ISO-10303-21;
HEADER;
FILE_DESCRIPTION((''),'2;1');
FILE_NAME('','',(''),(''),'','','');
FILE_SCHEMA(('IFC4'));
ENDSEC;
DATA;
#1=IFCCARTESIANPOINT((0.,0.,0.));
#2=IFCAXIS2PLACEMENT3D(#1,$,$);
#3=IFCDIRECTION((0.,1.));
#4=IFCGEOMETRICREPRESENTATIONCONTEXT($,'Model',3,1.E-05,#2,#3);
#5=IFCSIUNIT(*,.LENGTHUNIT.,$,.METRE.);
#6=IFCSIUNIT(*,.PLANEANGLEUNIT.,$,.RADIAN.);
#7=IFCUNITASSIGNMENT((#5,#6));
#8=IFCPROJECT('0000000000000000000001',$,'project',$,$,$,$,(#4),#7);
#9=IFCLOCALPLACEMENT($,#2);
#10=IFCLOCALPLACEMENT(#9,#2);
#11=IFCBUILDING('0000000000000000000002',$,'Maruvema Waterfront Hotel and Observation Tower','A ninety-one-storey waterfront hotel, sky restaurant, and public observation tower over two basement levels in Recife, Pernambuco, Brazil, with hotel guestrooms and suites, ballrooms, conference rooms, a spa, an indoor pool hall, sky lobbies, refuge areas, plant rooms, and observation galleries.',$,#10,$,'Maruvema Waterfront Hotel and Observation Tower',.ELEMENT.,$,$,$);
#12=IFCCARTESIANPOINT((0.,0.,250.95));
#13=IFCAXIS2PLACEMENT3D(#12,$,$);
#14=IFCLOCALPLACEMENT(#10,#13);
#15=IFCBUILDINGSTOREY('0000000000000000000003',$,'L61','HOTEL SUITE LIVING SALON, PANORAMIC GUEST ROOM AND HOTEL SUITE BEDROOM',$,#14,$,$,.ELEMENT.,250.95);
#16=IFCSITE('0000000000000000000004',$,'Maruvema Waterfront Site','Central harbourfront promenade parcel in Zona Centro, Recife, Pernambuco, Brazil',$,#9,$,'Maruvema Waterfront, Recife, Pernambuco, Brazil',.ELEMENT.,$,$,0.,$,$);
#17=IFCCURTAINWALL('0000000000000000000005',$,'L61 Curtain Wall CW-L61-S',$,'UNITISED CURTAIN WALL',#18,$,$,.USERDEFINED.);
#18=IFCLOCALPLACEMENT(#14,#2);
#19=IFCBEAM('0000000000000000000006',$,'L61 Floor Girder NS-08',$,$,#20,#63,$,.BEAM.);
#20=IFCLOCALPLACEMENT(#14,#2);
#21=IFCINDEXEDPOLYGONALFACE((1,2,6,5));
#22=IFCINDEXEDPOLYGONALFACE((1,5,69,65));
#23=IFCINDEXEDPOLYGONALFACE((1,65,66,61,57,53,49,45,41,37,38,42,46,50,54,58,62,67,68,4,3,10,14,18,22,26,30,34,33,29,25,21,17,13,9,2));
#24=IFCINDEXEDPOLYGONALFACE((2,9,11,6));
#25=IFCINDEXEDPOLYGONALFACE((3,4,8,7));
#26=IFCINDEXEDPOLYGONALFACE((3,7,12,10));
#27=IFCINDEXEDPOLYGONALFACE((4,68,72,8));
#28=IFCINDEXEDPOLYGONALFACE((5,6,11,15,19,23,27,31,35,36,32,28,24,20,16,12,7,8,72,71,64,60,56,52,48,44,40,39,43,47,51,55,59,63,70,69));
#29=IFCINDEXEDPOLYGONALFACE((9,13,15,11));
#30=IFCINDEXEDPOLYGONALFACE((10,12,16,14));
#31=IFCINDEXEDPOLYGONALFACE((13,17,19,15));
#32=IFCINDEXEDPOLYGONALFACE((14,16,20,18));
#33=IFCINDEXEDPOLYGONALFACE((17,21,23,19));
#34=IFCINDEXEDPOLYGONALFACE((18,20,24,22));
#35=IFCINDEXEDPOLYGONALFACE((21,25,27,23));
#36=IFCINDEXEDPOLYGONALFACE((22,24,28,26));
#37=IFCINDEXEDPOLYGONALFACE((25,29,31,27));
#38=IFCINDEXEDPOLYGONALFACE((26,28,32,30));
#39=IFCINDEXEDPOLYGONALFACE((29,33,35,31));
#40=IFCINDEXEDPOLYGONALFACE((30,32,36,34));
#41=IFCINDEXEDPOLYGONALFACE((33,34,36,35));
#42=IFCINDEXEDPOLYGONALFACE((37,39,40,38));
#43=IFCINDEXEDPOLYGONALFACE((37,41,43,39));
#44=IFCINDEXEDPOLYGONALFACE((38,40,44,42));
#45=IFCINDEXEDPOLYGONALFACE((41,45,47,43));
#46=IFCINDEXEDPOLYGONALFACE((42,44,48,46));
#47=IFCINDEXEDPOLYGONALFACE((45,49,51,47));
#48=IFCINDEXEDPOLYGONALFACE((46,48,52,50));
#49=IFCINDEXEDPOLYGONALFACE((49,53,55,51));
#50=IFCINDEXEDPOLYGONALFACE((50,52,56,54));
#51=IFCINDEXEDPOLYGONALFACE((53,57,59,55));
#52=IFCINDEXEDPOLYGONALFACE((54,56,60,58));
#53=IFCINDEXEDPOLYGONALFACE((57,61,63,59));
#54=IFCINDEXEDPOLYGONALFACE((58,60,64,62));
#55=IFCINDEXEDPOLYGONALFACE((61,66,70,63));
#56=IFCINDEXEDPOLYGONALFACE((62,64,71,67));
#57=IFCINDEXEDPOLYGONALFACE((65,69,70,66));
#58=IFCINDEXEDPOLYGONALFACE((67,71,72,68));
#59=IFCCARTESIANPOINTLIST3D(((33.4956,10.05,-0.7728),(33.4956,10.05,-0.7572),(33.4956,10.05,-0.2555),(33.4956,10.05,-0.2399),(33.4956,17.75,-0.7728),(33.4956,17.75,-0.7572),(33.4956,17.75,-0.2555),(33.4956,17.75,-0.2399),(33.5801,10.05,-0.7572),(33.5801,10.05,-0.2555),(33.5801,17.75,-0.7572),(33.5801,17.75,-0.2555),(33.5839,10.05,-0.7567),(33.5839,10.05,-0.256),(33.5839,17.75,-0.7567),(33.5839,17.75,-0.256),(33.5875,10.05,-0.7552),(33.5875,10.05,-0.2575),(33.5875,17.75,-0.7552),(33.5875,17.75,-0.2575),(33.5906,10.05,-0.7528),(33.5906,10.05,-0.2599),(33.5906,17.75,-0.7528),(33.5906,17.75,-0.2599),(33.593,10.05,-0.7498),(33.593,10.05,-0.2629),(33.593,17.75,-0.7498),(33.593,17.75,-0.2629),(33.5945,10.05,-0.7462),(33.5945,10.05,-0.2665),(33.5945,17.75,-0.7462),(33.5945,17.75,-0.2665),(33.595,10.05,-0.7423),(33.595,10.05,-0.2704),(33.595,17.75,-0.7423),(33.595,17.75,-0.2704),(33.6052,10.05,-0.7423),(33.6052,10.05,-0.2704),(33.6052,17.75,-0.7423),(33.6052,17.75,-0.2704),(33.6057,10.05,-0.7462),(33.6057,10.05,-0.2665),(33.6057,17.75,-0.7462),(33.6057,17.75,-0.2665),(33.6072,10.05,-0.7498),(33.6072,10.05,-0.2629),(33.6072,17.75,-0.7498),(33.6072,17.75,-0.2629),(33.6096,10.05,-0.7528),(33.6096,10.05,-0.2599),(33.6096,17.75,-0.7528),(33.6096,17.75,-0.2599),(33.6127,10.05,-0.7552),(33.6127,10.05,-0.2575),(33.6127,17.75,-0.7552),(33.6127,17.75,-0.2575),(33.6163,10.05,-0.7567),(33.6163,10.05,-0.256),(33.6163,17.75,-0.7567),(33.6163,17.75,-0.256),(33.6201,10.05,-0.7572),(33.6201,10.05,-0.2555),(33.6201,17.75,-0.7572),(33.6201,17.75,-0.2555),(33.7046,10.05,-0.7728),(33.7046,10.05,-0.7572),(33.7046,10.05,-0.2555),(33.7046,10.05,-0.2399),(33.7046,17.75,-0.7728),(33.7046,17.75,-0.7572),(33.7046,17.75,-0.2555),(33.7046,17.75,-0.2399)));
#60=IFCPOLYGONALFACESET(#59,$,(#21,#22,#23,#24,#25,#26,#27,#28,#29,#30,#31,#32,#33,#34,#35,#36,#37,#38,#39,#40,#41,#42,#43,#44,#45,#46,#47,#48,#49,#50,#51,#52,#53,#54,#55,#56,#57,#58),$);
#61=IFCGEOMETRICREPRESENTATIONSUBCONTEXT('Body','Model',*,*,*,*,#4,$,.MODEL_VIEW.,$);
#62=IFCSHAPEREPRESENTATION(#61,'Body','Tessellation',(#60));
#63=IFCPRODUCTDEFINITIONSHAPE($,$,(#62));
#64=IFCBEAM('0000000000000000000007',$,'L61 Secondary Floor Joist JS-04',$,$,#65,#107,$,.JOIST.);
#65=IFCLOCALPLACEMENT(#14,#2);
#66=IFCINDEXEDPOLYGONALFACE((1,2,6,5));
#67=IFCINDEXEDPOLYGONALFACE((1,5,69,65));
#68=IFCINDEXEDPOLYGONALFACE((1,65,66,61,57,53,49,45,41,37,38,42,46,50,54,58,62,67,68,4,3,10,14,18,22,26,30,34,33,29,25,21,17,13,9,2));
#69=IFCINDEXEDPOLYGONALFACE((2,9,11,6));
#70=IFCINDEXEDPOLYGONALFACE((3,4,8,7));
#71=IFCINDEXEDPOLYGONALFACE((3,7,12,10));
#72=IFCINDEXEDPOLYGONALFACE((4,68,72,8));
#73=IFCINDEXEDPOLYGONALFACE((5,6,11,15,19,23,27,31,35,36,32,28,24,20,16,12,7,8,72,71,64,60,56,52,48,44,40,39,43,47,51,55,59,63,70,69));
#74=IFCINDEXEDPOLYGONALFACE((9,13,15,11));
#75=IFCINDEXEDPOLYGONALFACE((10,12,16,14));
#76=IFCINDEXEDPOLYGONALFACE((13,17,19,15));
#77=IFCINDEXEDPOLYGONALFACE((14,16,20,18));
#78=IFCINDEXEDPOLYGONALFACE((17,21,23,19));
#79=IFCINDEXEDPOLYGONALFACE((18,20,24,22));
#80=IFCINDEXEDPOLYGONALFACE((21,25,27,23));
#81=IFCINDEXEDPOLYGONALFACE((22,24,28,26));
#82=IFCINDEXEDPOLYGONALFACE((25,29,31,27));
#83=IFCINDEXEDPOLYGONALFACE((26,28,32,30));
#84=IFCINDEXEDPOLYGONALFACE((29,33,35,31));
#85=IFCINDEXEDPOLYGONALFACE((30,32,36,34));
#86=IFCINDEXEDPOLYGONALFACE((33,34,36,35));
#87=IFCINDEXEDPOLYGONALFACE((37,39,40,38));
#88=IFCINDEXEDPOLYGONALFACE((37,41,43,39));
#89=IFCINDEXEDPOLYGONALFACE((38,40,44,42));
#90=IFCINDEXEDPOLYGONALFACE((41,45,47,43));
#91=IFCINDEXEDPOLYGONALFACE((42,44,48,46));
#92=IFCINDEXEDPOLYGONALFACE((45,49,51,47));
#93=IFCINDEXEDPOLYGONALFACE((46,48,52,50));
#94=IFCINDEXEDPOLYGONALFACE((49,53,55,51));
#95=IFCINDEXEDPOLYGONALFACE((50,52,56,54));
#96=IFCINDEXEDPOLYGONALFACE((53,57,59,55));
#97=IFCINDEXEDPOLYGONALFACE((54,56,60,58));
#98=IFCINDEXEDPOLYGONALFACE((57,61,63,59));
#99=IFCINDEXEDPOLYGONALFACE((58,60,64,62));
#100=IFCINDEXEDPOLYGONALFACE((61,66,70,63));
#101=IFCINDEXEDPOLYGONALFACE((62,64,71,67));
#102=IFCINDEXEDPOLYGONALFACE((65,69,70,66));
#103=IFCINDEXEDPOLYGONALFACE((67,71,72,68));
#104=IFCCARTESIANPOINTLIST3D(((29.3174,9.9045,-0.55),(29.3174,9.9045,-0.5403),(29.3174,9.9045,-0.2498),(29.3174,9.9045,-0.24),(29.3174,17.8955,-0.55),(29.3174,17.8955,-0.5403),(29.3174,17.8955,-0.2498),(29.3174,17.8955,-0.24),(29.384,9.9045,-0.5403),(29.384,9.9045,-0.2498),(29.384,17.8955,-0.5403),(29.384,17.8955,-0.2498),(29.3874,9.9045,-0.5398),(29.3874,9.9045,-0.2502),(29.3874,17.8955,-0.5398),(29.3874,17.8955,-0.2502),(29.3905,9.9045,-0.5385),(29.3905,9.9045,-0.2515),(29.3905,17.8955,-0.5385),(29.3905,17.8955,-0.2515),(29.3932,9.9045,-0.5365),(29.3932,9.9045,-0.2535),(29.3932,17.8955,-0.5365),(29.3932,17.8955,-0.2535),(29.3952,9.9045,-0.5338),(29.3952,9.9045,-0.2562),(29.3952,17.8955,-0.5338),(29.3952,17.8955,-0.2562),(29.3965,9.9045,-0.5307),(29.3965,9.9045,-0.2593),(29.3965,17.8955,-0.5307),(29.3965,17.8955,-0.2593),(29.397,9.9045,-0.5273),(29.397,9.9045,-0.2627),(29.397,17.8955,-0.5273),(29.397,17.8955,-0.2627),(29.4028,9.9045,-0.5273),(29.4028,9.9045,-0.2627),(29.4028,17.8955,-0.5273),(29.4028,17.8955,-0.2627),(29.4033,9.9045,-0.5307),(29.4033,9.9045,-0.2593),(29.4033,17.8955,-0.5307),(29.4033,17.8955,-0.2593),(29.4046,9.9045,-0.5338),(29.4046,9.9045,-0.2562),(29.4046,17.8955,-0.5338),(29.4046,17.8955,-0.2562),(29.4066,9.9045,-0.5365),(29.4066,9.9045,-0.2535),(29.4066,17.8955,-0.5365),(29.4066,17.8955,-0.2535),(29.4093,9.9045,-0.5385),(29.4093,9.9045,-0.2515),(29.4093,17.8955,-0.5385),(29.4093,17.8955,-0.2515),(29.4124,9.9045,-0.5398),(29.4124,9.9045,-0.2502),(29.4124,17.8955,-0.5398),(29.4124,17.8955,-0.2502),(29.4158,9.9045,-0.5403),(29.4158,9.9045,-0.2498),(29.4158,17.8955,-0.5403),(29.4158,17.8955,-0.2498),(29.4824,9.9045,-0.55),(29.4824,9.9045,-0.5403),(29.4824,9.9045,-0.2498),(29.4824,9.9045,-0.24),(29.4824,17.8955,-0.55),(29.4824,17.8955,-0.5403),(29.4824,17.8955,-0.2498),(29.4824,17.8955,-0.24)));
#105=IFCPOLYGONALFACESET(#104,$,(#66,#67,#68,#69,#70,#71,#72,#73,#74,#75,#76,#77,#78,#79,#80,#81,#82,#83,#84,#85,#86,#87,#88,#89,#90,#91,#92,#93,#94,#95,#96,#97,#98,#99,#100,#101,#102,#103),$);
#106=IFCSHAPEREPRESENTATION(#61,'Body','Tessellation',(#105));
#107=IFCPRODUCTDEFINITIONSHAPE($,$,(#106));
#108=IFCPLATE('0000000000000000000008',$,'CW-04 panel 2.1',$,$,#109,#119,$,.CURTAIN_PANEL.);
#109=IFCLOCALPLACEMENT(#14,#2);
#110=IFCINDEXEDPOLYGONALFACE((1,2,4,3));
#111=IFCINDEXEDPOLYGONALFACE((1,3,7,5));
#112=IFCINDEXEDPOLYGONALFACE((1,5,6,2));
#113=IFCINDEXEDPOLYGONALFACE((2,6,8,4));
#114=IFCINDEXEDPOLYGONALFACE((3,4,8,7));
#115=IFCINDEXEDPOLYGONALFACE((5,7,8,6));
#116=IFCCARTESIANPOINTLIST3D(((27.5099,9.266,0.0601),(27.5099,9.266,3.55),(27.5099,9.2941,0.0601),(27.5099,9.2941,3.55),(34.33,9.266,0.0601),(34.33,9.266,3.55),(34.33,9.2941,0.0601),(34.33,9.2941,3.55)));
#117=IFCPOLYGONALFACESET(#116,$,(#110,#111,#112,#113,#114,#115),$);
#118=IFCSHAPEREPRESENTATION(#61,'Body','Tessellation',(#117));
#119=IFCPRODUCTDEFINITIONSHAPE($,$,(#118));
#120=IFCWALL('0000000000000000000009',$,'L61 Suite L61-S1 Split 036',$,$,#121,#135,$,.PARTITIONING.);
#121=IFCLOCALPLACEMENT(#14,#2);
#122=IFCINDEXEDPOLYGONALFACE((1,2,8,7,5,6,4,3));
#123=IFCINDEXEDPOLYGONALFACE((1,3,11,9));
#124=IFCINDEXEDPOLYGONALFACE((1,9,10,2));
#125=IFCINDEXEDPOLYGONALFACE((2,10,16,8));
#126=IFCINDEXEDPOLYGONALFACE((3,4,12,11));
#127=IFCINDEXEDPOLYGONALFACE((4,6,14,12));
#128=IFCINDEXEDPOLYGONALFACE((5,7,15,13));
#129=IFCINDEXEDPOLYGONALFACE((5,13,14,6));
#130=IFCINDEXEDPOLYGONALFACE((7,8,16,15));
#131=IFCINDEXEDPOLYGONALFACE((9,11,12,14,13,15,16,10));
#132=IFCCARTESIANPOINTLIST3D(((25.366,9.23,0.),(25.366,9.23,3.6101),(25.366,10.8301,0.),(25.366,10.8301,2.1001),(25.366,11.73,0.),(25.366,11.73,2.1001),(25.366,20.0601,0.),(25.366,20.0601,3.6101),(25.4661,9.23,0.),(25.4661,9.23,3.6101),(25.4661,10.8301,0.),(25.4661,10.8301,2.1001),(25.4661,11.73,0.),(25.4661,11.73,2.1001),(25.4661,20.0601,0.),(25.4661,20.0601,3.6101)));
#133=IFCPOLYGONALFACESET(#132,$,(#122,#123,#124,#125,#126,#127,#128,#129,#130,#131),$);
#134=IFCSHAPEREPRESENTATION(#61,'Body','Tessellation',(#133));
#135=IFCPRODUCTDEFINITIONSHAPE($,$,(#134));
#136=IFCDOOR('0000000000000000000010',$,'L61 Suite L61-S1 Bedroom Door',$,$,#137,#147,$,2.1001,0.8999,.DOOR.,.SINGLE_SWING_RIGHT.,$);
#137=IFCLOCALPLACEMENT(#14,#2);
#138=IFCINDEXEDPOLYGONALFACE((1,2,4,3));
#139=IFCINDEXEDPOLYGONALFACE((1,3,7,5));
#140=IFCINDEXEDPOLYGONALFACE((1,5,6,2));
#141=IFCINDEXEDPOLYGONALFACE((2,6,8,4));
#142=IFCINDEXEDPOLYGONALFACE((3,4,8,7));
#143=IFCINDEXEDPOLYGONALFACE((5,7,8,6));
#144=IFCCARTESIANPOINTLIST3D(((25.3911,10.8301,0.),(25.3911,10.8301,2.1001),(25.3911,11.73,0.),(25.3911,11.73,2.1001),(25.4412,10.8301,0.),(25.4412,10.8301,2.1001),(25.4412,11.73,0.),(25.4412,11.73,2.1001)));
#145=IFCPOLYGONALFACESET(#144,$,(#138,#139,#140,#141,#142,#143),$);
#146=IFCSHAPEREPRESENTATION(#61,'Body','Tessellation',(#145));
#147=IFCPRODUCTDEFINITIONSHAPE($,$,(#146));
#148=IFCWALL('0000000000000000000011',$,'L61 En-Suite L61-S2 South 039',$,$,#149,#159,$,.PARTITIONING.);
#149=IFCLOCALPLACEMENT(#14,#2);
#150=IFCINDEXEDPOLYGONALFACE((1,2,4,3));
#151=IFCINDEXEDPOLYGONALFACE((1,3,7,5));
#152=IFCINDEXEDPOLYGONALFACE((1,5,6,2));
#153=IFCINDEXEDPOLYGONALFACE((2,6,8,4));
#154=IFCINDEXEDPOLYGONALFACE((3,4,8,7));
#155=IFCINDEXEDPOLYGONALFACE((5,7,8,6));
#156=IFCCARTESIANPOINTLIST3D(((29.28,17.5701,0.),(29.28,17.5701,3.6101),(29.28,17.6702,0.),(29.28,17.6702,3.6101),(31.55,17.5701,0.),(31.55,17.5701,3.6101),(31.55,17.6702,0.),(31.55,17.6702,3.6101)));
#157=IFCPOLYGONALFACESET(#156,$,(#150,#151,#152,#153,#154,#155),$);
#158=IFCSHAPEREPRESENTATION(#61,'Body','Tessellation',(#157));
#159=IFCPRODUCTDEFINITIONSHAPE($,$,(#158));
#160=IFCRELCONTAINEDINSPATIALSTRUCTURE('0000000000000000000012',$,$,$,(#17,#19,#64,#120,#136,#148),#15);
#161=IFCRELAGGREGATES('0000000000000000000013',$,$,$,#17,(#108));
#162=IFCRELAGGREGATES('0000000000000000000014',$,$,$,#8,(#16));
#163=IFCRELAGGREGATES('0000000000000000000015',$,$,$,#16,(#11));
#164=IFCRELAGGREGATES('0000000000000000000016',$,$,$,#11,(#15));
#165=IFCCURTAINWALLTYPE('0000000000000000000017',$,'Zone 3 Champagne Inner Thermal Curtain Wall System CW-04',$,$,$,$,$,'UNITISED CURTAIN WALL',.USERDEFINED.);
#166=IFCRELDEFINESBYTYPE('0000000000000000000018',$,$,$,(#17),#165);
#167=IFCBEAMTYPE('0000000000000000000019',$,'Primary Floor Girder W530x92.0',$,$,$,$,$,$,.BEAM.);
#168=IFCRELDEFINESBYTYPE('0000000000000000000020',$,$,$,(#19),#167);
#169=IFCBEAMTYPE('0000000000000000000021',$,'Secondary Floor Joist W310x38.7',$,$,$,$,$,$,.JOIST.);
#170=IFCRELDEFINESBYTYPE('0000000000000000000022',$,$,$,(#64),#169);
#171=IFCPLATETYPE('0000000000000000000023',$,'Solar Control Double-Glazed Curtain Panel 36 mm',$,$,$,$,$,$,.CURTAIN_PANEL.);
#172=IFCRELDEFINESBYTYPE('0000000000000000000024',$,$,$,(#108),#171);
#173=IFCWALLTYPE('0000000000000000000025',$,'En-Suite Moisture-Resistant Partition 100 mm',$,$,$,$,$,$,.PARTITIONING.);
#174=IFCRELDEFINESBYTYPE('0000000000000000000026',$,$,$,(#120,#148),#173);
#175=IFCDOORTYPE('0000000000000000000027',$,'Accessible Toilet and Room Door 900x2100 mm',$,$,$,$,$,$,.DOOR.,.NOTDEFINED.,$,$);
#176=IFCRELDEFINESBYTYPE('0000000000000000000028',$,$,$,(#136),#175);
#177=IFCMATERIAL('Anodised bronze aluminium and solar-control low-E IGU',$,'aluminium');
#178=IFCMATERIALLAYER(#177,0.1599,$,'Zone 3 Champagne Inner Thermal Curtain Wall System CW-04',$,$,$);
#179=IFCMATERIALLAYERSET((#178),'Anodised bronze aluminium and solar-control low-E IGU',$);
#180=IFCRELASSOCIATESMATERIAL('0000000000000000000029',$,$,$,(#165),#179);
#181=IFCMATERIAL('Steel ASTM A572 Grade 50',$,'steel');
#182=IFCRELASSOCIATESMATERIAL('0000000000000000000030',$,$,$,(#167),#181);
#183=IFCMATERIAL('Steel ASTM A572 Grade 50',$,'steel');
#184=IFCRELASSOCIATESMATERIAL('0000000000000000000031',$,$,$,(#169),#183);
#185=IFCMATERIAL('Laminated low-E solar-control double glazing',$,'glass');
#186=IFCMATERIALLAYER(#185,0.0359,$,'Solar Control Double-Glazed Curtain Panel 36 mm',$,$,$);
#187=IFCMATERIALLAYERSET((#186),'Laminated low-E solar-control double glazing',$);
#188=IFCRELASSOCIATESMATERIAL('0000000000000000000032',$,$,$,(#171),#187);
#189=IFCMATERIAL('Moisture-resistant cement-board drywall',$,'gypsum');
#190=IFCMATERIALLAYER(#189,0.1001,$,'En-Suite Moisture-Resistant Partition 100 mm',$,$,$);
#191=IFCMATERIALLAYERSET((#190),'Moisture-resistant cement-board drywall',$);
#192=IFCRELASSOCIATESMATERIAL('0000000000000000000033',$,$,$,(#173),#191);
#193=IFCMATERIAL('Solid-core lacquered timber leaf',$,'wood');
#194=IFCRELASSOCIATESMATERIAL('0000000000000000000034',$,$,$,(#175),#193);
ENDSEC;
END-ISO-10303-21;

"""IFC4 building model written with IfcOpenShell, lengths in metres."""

from ifc_helpers import new_model, si_unit, direction, frame, frame_2d, origin, origin_2d, place, context, subcontext, project, spatial, rectangle, i_section, extrude, material, layer, layer_set, material_profile, profile_set, type_object, element, fill, aggregate, save


model = new_model("IFC4")

# Units and contexts
model_context = context("Model", 3, precision=1e-05, world=origin(), true_north=direction((0.0, 1.0)))
body_context = subcontext(model_context, "Body", "Model", "MODEL_VIEW")
ifc_project = project(units=[si_unit("LENGTHUNIT", "METRE"), si_unit("PLANEANGLEUNIT", "RADIAN")], contexts=[model_context])

# Site, building, storey
site_placement = place(None, origin())
site = spatial("IfcSite", under=ifc_project, at=site_placement, Name="Maruvema Waterfront Site", Description="Central harbourfront promenade parcel in Zona Centro, Recife, Pernambuco, Brazil", LongName="Maruvema Waterfront, Recife, Pernambuco, Brazil", CompositionType="ELEMENT", RefElevation=0.0)
building_placement = place(site_placement, origin())
building = spatial("IfcBuilding", under=site, at=building_placement, Name="Maruvema Waterfront Hotel and Observation Tower", Description="A ninety-one-storey waterfront hotel, sky restaurant, and public observation tower over two basement levels in Recife, Pernambuco, Brazil, with hotel guestrooms and suites, ballrooms, conference rooms, a spa, an indoor pool hall, sky lobbies, refuge areas, plant rooms, and observation galleries.", LongName="Maruvema Waterfront Hotel and Observation Tower", CompositionType="ELEMENT")
storey_placement = place(building_placement, frame((0.0, 0.0, 250.95)))
storey = spatial("IfcBuildingStorey", under=building, at=storey_placement, Name="L61", Description="HOTEL SUITE LIVING SALON, PANORAMIC GUEST ROOM AND HOTEL SUITE BEDROOM", CompositionType="ELEMENT", Elevation=250.95)

# Curtain wall
ifc_material_1 = material(Name="Anodised bronze aluminium and solar-control low-E IGU", Category="aluminium")
ifc_layer_1 = layer(ifc_material_1, 0.1599, Name="Zone 3 Champagne Inner Thermal Curtain Wall System CW-04")
ifc_layer_set_1 = layer_set([ifc_layer_1], Name="Anodised bronze aluminium and solar-control low-E IGU")
curtain_wall_type = type_object("IfcCurtainWallType", Name="Zone 3 Champagne Inner Thermal Curtain Wall System CW-04", ElementType="UNITISED CURTAIN WALL", PredefinedType="USERDEFINED", material=ifc_layer_set_1)
curtain_wall_placement = place(storey_placement, origin())
curtain_wall = element("IfcCurtainWall", 1, at=curtain_wall_placement, inside=storey, type_object=curtain_wall_type, Name="L61 Curtain Wall CW-L61-S", ObjectType="UNITISED CURTAIN WALL", PredefinedType="USERDEFINED")

# Beams
ifc_material_2 = material(Name="Steel ASTM A572 Grade 50", Category="steel")
ifc_material_profile_1 = material_profile(ifc_material_2, i_section(OverallWidth=0.209, OverallDepth=0.533, WebThickness=0.0103, FlangeThickness=0.0156, FilletRadius=0.0149, at=origin_2d()), Name="W530x92.0")
ifc_profile_set_1 = profile_set([ifc_material_profile_1], Name="Steel ASTM A572 Grade 50")
beam_type_1 = type_object("IfcBeamType", Name="Primary Floor Girder W530x92.0", PredefinedType="BEAM", material=ifc_profile_set_1)
beam_1_placement = place(storey_placement, frame((33.6001, 10.05, -0.5063), z_axis=(0.0, 1.0, 0.0), x_axis=(-1.0, 0.0, 0.0)))
element("IfcBeam", 2, at=beam_1_placement, inside=storey, type_object=beam_type_1, Name="L61 Floor Girder NS-08", PredefinedType="BEAM", context=body_context, shape_type="SweptSolid", body=[
    extrude(i_section(OverallWidth=0.209, OverallDepth=0.533, WebThickness=0.0103, FlangeThickness=0.0156, FilletRadius=0.0149, at=origin_2d()), origin(), (0.0, 0.0, 1.0), 7.7),
])
ifc_material_3 = material(Name="Steel ASTM A572 Grade 50", Category="steel")
ifc_material_profile_2 = material_profile(ifc_material_3, i_section(OverallWidth=0.165, OverallDepth=0.3101, WebThickness=0.0059, FlangeThickness=0.0098, FilletRadius=0.0129, at=origin_2d()), Name="W310x38.7")
ifc_profile_set_2 = profile_set([ifc_material_profile_2], Name="Steel ASTM A572 Grade 50")
beam_type_2 = type_object("IfcBeamType", Name="Secondary Floor Joist W310x38.7", PredefinedType="JOIST", material=ifc_profile_set_2)
beam_2_placement = place(storey_placement, frame((29.3999, 9.9045, -0.395), z_axis=(0.0, 1.0, 0.0), x_axis=(-1.0, 0.0, 0.0)))
element("IfcBeam", 3, at=beam_2_placement, inside=storey, type_object=beam_type_2, Name="L61 Secondary Floor Joist JS-04", PredefinedType="JOIST", context=body_context, shape_type="SweptSolid", body=[
    extrude(i_section(OverallWidth=0.165, OverallDepth=0.3101, WebThickness=0.0059, FlangeThickness=0.0098, FilletRadius=0.0129, at=origin_2d()), origin(), (0.0, 0.0, 1.0), 7.991),
])

# Plate
ifc_material_4 = material(Name="Laminated low-E solar-control double glazing", Category="glass")
ifc_layer_2 = layer(ifc_material_4, 0.0359, Name="Solar Control Double-Glazed Curtain Panel 36 mm")
ifc_layer_set_2 = layer_set([ifc_layer_2], Name="Laminated low-E solar-control double glazing")
plate_type = type_object("IfcPlateType", Name="Solar Control Double-Glazed Curtain Panel 36 mm", PredefinedType="CURTAIN_PANEL", material=ifc_layer_set_2)
plate_placement = place(storey_placement, frame((30.9199, 9.28, 0.0601), z_axis=(0.0, 0.0, 1.0), x_axis=(1.0, 0.0, 0.0)))
plate = element("IfcPlate", 4, at=plate_placement, type_object=plate_type, Name="CW-04 panel 2.1", PredefinedType="CURTAIN_PANEL", context=body_context, shape_type="SweptSolid", body=[
    extrude(rectangle(XDim=6.8201, YDim=0.0281, at=origin_2d()), origin(), (0.0, 0.0, 1.0), 3.49),
])
aggregate(curtain_wall, [plate])

# Wall, opening, door
ifc_material_5 = material(Name="Moisture-resistant cement-board drywall", Category="gypsum")
ifc_layer_3 = layer(ifc_material_5, 0.1001, Name="En-Suite Moisture-Resistant Partition 100 mm")
ifc_layer_set_3 = layer_set([ifc_layer_3], Name="Moisture-resistant cement-board drywall")
wall_type_1 = type_object("IfcWallType", Name="En-Suite Moisture-Resistant Partition 100 mm", PredefinedType="PARTITIONING", material=ifc_layer_set_3)
wall_1_placement = place(storey_placement, frame((25.416, 9.23, 0.0), z_axis=(0.0, 0.0, 1.0), x_axis=(0.0, 1.0, 0.0)))
wall_1 = element("IfcWall", 5, at=wall_1_placement, inside=storey, type_object=wall_type_1, Name="L61 Suite L61-S1 Split 036", PredefinedType="PARTITIONING", context=body_context, shape_type="SweptSolid", body=[
    extrude(rectangle(XDim=10.8301, YDim=0.1001, at=frame_2d((5.415, 0.0))), origin(), (0.0, 0.0, 1.0), 3.6101),
])
opening_1_placement = place(wall_1_placement, frame((1.6001, 0.0, 0.0)))
opening_1 = element("IfcOpeningElement", 6, at=opening_1_placement, cuts=wall_1, PredefinedType="OPENING", context=body_context, shape_type="SweptSolid", body=[
    extrude(rectangle(XDim=0.8999, YDim=2.1001, at=frame_2d((0.45, 1.05))), frame((0.0, 0.0601, 0.0), z_axis=(0.0, -1.0, 0.0), x_axis=(1.0, 0.0, 0.0)), (0.0, 0.0, 1.0), 0.1201),
])
ifc_material_6 = material(Name="Solid-core lacquered timber leaf", Category="wood")
door_type_1 = type_object("IfcDoorType", Name="Accessible Toilet and Room Door 900x2100 mm", OperationType="NOTDEFINED", PredefinedType="DOOR", material=ifc_material_6)
door_1_placement = place(opening_1_placement, origin())
door_1 = element("IfcDoor", 7, at=door_1_placement, inside=storey, type_object=door_type_1, Name="L61 Suite L61-S1 Bedroom Door", OperationType="SINGLE_SWING_RIGHT", OverallHeight=2.1001, OverallWidth=0.8999, PredefinedType="DOOR", context=body_context, shape_type="SweptSolid", body=[
    extrude(rectangle(XDim=0.8999, YDim=2.1001, at=frame_2d((0.45, 1.05))), frame((0.0, 0.0249, 0.0), z_axis=(0.0, -1.0, 0.0), x_axis=(1.0, 0.0, 0.0)), (0.0, 0.0, 1.0), 0.05),
])
fill(opening_1, door_1)

# Wall
wall_2_placement = place(storey_placement, frame((29.28, 17.6201, 0.0), z_axis=(0.0, 0.0, 1.0), x_axis=(1.0, 0.0, 0.0)))
element("IfcWall", 8, at=wall_2_placement, inside=storey, type_object=wall_type_1, Name="L61 En-Suite L61-S2 South 039", PredefinedType="PARTITIONING", context=body_context, shape_type="SweptSolid", body=[
    extrude(rectangle(XDim=2.27, YDim=0.1001, at=frame_2d((1.135, 0.0))), origin(), (0.0, 0.0, 1.0), 3.6101),
])

save(model, "model.ifc")
